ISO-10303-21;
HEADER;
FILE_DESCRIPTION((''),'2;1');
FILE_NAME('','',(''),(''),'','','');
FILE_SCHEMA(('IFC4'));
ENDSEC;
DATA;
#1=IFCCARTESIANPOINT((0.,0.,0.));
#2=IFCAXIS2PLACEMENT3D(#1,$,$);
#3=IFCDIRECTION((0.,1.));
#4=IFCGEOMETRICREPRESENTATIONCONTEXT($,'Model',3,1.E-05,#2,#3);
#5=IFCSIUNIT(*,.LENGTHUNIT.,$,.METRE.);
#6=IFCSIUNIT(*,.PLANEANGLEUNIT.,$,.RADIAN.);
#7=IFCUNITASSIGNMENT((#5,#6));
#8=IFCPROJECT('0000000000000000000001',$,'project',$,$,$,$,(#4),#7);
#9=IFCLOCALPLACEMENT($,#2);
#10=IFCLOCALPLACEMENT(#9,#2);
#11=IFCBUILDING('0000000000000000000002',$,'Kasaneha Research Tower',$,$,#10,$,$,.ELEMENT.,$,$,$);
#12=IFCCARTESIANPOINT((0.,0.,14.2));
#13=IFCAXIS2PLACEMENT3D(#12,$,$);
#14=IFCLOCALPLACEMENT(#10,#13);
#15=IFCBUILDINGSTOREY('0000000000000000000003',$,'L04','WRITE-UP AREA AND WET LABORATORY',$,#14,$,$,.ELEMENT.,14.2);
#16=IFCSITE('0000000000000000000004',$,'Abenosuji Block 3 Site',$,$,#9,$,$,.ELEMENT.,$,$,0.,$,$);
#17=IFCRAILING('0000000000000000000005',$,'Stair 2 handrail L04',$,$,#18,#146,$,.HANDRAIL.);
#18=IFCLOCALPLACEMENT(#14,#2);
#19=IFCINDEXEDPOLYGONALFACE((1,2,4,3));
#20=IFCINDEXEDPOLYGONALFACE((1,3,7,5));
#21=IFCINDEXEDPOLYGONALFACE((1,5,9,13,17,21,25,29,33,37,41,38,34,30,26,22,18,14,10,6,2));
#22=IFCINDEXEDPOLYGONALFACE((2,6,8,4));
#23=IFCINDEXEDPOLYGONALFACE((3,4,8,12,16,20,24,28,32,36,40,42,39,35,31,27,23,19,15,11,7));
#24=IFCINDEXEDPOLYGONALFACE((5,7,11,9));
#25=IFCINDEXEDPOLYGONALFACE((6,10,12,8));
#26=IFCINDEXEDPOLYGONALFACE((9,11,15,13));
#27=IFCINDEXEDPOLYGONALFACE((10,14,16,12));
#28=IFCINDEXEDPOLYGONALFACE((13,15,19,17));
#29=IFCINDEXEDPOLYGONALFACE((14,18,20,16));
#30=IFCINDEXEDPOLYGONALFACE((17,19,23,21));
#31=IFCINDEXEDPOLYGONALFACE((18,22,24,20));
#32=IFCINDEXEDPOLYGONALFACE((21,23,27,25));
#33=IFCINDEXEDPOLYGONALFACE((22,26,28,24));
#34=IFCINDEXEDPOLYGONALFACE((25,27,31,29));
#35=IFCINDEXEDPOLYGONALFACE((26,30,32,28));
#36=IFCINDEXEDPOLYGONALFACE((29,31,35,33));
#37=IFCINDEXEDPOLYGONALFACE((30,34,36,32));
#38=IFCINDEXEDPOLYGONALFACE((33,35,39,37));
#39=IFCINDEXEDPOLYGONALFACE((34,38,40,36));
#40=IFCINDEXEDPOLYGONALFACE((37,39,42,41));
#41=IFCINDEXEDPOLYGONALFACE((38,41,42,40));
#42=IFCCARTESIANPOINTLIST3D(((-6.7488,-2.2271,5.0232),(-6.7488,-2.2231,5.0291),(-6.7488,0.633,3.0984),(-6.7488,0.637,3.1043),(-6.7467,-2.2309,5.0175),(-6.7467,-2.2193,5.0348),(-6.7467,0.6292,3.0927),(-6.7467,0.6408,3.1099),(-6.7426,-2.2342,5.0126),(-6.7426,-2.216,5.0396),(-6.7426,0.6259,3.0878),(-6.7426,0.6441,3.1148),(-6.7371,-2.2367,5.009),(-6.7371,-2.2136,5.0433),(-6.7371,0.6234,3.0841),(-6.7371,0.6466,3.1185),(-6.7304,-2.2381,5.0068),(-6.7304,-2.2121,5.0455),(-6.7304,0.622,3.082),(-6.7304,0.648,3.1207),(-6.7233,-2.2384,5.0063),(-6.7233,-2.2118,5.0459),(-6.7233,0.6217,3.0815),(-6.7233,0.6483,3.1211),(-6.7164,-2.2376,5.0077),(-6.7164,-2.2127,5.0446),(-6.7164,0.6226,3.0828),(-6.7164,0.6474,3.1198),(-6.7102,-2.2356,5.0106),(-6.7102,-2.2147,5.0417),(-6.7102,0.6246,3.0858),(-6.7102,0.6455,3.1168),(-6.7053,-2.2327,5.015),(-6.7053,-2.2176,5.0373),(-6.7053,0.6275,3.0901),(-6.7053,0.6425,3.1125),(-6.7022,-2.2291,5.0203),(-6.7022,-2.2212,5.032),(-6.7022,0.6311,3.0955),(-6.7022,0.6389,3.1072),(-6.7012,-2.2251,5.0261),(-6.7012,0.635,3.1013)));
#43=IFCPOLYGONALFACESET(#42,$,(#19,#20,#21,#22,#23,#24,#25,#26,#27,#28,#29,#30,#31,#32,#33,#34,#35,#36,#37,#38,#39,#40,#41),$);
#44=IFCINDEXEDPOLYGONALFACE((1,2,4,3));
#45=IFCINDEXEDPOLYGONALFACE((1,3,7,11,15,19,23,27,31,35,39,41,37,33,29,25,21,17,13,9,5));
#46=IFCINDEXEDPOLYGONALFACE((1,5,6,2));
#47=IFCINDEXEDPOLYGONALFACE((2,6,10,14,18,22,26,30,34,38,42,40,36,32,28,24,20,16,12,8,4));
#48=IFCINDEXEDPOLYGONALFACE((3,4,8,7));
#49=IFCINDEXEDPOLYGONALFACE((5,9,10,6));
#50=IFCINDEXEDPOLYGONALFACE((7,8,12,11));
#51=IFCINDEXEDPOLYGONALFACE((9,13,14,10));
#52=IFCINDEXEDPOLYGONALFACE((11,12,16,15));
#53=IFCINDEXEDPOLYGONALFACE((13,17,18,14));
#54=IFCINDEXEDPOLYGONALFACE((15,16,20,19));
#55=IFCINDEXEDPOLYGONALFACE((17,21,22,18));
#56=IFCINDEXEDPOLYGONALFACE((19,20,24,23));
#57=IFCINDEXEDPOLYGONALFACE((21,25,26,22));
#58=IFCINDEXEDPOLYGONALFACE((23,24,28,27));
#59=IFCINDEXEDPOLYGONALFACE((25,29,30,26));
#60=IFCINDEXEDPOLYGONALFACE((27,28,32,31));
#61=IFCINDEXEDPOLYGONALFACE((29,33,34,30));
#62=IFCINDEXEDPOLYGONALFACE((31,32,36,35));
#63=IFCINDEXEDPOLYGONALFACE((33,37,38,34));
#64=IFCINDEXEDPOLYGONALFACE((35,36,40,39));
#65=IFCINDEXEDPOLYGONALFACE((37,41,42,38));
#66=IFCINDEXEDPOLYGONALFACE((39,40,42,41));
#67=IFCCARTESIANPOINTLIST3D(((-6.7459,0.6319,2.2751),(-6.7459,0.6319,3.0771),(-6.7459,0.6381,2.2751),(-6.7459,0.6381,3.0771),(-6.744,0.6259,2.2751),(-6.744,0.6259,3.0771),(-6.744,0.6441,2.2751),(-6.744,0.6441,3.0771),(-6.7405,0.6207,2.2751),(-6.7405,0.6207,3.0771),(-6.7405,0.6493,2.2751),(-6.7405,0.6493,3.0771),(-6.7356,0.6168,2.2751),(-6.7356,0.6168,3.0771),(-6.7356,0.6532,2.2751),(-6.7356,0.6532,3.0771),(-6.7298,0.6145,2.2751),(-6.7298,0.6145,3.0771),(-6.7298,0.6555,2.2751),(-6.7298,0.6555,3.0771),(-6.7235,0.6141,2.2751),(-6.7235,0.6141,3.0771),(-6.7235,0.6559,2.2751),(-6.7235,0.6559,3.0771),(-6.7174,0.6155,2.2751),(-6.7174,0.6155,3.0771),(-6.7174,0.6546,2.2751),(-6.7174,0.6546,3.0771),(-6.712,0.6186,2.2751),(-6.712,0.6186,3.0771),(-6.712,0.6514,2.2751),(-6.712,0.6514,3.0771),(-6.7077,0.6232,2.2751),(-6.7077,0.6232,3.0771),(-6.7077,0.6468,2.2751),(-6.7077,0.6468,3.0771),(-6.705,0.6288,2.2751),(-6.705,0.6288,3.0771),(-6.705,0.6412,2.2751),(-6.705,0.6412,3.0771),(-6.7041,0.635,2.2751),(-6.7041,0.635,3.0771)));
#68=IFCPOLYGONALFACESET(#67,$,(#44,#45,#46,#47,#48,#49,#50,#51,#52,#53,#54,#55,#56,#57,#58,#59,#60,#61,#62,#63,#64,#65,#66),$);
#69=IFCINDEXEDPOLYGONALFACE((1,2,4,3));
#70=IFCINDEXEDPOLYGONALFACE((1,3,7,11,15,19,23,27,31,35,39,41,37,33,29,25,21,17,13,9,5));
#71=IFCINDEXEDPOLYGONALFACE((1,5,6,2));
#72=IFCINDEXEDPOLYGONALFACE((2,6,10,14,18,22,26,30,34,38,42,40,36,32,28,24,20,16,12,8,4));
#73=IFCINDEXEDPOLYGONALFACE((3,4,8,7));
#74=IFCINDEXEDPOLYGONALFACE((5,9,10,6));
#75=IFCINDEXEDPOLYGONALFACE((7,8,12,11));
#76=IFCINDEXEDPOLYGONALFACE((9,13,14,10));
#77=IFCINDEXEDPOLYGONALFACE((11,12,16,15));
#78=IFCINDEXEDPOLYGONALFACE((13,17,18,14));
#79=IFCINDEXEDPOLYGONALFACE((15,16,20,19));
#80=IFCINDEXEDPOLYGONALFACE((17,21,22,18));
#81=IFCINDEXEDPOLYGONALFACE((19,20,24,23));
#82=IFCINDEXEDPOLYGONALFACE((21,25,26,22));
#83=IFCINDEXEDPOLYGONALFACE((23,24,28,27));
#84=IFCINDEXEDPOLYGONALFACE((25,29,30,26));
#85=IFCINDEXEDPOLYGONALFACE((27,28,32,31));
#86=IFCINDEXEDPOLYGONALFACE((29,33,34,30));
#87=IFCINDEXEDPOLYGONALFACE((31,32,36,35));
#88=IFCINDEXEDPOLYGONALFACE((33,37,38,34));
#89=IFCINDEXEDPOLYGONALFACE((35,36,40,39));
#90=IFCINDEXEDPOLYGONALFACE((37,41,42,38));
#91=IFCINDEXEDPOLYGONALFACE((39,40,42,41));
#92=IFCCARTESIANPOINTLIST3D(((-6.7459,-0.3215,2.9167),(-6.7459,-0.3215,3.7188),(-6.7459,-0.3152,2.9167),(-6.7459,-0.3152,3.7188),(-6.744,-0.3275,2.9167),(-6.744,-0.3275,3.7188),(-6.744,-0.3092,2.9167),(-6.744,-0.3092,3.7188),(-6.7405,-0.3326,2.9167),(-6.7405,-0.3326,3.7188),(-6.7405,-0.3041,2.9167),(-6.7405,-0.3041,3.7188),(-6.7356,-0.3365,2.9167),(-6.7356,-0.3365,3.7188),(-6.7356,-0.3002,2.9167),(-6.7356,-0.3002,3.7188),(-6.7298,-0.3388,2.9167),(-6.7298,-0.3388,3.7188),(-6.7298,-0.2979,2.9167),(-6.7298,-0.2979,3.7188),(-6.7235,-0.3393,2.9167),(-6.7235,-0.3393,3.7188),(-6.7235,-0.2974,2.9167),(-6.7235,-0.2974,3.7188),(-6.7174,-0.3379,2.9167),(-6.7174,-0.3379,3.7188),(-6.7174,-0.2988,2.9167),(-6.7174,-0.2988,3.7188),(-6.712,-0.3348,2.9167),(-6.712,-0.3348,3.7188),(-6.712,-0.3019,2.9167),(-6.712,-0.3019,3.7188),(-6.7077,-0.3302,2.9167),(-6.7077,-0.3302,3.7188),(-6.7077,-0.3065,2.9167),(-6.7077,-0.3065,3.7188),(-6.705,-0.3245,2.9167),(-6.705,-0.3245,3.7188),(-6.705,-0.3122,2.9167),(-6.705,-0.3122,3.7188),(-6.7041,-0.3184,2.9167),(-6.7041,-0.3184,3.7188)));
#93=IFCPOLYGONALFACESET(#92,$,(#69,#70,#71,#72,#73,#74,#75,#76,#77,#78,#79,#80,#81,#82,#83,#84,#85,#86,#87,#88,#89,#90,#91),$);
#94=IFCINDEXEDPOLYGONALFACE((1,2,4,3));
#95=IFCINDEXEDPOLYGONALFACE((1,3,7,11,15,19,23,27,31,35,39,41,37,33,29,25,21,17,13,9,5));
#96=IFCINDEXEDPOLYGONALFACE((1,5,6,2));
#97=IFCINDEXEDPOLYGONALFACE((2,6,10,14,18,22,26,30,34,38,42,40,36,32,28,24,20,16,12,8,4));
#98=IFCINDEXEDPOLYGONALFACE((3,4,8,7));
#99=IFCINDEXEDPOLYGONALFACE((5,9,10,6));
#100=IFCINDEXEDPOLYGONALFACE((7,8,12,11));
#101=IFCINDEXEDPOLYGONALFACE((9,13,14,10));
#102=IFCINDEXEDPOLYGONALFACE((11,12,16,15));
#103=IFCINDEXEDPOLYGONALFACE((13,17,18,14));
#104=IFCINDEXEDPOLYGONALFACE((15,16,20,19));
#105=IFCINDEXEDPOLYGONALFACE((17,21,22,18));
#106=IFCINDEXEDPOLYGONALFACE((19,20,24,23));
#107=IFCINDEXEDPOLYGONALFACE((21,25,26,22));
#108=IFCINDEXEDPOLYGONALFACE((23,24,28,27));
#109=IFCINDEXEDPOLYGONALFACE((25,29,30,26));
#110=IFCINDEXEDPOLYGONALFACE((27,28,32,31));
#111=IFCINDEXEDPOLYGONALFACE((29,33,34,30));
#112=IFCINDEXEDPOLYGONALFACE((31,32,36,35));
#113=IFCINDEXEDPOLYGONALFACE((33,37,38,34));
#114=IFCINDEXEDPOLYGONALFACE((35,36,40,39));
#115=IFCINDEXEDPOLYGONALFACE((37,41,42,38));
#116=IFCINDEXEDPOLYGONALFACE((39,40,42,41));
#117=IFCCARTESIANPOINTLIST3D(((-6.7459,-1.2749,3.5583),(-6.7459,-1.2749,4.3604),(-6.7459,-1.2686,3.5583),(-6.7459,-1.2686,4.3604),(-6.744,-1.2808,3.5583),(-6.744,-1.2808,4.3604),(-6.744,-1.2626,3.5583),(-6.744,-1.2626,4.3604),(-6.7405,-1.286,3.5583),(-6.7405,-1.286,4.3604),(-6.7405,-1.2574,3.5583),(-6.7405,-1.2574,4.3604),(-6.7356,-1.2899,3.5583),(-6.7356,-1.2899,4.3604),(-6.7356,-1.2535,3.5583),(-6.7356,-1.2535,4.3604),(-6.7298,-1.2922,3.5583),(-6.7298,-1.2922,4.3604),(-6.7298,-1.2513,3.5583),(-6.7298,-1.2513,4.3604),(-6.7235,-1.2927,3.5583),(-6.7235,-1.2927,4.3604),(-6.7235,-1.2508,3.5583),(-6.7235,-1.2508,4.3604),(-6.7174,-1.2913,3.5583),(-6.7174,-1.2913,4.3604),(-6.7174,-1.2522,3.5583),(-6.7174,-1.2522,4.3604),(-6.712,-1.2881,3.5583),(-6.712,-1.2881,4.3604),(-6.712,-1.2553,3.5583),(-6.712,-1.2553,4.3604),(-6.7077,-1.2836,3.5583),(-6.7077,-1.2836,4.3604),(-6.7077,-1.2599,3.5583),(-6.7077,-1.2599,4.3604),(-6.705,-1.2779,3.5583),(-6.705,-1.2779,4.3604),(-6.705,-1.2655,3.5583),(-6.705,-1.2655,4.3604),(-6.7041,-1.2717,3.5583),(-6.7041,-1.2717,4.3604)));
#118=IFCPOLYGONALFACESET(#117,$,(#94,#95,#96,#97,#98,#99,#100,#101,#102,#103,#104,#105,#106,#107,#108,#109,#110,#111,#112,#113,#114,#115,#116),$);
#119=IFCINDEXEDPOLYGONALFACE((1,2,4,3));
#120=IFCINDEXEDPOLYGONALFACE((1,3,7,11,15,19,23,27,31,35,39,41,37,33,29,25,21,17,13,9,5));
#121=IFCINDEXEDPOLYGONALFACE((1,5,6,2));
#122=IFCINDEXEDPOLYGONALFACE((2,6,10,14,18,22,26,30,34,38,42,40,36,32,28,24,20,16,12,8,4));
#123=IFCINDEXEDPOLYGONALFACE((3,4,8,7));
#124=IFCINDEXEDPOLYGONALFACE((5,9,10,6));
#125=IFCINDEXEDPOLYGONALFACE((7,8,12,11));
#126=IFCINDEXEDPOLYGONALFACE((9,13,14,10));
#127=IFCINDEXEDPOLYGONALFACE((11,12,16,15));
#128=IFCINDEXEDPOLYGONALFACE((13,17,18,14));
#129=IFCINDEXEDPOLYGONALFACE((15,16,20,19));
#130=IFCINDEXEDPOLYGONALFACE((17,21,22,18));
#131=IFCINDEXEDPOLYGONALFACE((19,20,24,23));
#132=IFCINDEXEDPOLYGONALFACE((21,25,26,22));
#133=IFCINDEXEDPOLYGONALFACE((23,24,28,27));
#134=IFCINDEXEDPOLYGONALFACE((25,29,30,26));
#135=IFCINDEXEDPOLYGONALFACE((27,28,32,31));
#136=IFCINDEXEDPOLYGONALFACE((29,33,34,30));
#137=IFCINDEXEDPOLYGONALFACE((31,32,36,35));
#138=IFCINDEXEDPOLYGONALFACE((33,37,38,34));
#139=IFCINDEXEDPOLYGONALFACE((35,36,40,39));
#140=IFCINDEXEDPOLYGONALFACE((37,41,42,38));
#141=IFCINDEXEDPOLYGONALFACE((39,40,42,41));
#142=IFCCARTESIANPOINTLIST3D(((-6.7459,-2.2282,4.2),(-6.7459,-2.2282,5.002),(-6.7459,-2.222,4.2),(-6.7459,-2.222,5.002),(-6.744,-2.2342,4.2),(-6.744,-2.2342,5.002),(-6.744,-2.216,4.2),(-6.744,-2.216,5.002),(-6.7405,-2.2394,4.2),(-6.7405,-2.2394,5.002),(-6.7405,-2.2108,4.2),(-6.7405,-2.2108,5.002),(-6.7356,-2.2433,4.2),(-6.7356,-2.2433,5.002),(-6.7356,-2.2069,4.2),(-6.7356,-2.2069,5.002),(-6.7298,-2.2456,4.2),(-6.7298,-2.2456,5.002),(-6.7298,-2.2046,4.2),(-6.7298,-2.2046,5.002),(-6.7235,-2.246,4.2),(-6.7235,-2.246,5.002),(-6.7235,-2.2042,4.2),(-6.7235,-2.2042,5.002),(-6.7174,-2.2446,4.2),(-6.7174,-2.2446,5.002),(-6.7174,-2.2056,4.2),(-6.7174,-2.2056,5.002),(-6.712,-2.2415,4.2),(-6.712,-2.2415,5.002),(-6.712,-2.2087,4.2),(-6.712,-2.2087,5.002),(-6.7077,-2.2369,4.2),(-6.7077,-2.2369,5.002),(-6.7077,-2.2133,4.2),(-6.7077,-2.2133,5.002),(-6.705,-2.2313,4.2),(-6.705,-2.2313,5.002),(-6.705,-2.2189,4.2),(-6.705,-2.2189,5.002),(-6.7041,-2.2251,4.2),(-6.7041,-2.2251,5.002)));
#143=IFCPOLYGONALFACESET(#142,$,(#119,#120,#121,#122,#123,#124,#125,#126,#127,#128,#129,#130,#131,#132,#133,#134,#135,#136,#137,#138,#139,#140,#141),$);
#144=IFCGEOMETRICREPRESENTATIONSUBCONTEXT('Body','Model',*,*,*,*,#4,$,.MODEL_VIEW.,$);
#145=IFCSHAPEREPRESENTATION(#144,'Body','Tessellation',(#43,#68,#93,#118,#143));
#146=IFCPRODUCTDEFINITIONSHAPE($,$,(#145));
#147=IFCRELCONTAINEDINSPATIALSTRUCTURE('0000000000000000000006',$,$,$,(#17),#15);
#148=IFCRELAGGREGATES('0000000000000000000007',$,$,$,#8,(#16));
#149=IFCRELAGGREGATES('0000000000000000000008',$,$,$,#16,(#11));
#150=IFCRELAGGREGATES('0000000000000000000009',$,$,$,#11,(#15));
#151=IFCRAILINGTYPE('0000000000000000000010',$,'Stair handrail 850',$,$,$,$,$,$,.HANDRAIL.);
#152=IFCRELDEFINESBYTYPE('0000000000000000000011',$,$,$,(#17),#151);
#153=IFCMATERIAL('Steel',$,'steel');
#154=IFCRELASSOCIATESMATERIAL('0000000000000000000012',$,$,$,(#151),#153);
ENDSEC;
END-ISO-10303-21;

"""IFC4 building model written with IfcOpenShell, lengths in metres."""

from ifc_helpers import new_model, si_unit, direction, frame, origin, origin_2d, place, context, subcontext, project, spatial, circle, extrude, material, type_object, element, save


model = new_model("IFC4")

# Units and contexts
model_context = context("Model", 3, precision=1e-05, world=origin(), true_north=direction((0.0, 1.0)))
body_context = subcontext(model_context, "Body", "Model", "MODEL_VIEW")
ifc_project = project(units=[si_unit("LENGTHUNIT", "METRE"), si_unit("PLANEANGLEUNIT", "RADIAN")], contexts=[model_context])

# Site, building, storey
site_placement = place(None, origin())
site = spatial("IfcSite", under=ifc_project, at=site_placement, Name="Abenosuji Block 3 Site", CompositionType="ELEMENT", RefElevation=0.0)
building_placement = place(site_placement, origin())
building = spatial("IfcBuilding", under=site, at=building_placement, Name="Kasaneha Research Tower", CompositionType="ELEMENT")
storey_placement = place(building_placement, frame((0.0, 0.0, 14.2)))
storey = spatial("IfcBuildingStorey", under=building, at=storey_placement, Name="L04", Description="WRITE-UP AREA AND WET LABORATORY", CompositionType="ELEMENT", Elevation=14.2)

# Railing
ifc_material_1 = material(Name="Steel", Category="steel")
railing_type_1 = type_object("IfcRailingType", Name="Stair handrail 850", PredefinedType="HANDRAIL", material=ifc_material_1)
railing_1_placement = place(storey_placement, frame((-6.7251, 0.635, 2.2751)))
element("IfcRailing", 1, at=railing_1_placement, inside=storey, type_object=railing_type_1, Name="Stair 2 handrail L04", PredefinedType="HANDRAIL", context=body_context, shape_type="SweptSolid", body=[
    extrude(circle(Radius=0.0239, at=origin_2d()), frame((0.0, 0.0, 0.8262), z_axis=(0.0, -0.829624, 0.558323), x_axis=(1.0, 0.0, 0.0)), (0.0, 0.0, 1.0), 3.4475),
    extrude(circle(Radius=0.021, at=origin_2d()), origin(), (0.0, 0.0, 1.0), 0.802),
    extrude(circle(Radius=0.021, at=origin_2d()), frame((0.0, -0.9534, 0.6416)), (0.0, 0.0, 1.0), 0.802),
    extrude(circle(Radius=0.021, at=origin_2d()), frame((0.0, -1.9067, 1.2832)), (0.0, 0.0, 1.0), 0.802),
    extrude(circle(Radius=0.021, at=origin_2d()), frame((0.0, -2.8601, 1.9248)), (0.0, 0.0, 1.0), 0.802),
])

save(model, "model.ifc")
